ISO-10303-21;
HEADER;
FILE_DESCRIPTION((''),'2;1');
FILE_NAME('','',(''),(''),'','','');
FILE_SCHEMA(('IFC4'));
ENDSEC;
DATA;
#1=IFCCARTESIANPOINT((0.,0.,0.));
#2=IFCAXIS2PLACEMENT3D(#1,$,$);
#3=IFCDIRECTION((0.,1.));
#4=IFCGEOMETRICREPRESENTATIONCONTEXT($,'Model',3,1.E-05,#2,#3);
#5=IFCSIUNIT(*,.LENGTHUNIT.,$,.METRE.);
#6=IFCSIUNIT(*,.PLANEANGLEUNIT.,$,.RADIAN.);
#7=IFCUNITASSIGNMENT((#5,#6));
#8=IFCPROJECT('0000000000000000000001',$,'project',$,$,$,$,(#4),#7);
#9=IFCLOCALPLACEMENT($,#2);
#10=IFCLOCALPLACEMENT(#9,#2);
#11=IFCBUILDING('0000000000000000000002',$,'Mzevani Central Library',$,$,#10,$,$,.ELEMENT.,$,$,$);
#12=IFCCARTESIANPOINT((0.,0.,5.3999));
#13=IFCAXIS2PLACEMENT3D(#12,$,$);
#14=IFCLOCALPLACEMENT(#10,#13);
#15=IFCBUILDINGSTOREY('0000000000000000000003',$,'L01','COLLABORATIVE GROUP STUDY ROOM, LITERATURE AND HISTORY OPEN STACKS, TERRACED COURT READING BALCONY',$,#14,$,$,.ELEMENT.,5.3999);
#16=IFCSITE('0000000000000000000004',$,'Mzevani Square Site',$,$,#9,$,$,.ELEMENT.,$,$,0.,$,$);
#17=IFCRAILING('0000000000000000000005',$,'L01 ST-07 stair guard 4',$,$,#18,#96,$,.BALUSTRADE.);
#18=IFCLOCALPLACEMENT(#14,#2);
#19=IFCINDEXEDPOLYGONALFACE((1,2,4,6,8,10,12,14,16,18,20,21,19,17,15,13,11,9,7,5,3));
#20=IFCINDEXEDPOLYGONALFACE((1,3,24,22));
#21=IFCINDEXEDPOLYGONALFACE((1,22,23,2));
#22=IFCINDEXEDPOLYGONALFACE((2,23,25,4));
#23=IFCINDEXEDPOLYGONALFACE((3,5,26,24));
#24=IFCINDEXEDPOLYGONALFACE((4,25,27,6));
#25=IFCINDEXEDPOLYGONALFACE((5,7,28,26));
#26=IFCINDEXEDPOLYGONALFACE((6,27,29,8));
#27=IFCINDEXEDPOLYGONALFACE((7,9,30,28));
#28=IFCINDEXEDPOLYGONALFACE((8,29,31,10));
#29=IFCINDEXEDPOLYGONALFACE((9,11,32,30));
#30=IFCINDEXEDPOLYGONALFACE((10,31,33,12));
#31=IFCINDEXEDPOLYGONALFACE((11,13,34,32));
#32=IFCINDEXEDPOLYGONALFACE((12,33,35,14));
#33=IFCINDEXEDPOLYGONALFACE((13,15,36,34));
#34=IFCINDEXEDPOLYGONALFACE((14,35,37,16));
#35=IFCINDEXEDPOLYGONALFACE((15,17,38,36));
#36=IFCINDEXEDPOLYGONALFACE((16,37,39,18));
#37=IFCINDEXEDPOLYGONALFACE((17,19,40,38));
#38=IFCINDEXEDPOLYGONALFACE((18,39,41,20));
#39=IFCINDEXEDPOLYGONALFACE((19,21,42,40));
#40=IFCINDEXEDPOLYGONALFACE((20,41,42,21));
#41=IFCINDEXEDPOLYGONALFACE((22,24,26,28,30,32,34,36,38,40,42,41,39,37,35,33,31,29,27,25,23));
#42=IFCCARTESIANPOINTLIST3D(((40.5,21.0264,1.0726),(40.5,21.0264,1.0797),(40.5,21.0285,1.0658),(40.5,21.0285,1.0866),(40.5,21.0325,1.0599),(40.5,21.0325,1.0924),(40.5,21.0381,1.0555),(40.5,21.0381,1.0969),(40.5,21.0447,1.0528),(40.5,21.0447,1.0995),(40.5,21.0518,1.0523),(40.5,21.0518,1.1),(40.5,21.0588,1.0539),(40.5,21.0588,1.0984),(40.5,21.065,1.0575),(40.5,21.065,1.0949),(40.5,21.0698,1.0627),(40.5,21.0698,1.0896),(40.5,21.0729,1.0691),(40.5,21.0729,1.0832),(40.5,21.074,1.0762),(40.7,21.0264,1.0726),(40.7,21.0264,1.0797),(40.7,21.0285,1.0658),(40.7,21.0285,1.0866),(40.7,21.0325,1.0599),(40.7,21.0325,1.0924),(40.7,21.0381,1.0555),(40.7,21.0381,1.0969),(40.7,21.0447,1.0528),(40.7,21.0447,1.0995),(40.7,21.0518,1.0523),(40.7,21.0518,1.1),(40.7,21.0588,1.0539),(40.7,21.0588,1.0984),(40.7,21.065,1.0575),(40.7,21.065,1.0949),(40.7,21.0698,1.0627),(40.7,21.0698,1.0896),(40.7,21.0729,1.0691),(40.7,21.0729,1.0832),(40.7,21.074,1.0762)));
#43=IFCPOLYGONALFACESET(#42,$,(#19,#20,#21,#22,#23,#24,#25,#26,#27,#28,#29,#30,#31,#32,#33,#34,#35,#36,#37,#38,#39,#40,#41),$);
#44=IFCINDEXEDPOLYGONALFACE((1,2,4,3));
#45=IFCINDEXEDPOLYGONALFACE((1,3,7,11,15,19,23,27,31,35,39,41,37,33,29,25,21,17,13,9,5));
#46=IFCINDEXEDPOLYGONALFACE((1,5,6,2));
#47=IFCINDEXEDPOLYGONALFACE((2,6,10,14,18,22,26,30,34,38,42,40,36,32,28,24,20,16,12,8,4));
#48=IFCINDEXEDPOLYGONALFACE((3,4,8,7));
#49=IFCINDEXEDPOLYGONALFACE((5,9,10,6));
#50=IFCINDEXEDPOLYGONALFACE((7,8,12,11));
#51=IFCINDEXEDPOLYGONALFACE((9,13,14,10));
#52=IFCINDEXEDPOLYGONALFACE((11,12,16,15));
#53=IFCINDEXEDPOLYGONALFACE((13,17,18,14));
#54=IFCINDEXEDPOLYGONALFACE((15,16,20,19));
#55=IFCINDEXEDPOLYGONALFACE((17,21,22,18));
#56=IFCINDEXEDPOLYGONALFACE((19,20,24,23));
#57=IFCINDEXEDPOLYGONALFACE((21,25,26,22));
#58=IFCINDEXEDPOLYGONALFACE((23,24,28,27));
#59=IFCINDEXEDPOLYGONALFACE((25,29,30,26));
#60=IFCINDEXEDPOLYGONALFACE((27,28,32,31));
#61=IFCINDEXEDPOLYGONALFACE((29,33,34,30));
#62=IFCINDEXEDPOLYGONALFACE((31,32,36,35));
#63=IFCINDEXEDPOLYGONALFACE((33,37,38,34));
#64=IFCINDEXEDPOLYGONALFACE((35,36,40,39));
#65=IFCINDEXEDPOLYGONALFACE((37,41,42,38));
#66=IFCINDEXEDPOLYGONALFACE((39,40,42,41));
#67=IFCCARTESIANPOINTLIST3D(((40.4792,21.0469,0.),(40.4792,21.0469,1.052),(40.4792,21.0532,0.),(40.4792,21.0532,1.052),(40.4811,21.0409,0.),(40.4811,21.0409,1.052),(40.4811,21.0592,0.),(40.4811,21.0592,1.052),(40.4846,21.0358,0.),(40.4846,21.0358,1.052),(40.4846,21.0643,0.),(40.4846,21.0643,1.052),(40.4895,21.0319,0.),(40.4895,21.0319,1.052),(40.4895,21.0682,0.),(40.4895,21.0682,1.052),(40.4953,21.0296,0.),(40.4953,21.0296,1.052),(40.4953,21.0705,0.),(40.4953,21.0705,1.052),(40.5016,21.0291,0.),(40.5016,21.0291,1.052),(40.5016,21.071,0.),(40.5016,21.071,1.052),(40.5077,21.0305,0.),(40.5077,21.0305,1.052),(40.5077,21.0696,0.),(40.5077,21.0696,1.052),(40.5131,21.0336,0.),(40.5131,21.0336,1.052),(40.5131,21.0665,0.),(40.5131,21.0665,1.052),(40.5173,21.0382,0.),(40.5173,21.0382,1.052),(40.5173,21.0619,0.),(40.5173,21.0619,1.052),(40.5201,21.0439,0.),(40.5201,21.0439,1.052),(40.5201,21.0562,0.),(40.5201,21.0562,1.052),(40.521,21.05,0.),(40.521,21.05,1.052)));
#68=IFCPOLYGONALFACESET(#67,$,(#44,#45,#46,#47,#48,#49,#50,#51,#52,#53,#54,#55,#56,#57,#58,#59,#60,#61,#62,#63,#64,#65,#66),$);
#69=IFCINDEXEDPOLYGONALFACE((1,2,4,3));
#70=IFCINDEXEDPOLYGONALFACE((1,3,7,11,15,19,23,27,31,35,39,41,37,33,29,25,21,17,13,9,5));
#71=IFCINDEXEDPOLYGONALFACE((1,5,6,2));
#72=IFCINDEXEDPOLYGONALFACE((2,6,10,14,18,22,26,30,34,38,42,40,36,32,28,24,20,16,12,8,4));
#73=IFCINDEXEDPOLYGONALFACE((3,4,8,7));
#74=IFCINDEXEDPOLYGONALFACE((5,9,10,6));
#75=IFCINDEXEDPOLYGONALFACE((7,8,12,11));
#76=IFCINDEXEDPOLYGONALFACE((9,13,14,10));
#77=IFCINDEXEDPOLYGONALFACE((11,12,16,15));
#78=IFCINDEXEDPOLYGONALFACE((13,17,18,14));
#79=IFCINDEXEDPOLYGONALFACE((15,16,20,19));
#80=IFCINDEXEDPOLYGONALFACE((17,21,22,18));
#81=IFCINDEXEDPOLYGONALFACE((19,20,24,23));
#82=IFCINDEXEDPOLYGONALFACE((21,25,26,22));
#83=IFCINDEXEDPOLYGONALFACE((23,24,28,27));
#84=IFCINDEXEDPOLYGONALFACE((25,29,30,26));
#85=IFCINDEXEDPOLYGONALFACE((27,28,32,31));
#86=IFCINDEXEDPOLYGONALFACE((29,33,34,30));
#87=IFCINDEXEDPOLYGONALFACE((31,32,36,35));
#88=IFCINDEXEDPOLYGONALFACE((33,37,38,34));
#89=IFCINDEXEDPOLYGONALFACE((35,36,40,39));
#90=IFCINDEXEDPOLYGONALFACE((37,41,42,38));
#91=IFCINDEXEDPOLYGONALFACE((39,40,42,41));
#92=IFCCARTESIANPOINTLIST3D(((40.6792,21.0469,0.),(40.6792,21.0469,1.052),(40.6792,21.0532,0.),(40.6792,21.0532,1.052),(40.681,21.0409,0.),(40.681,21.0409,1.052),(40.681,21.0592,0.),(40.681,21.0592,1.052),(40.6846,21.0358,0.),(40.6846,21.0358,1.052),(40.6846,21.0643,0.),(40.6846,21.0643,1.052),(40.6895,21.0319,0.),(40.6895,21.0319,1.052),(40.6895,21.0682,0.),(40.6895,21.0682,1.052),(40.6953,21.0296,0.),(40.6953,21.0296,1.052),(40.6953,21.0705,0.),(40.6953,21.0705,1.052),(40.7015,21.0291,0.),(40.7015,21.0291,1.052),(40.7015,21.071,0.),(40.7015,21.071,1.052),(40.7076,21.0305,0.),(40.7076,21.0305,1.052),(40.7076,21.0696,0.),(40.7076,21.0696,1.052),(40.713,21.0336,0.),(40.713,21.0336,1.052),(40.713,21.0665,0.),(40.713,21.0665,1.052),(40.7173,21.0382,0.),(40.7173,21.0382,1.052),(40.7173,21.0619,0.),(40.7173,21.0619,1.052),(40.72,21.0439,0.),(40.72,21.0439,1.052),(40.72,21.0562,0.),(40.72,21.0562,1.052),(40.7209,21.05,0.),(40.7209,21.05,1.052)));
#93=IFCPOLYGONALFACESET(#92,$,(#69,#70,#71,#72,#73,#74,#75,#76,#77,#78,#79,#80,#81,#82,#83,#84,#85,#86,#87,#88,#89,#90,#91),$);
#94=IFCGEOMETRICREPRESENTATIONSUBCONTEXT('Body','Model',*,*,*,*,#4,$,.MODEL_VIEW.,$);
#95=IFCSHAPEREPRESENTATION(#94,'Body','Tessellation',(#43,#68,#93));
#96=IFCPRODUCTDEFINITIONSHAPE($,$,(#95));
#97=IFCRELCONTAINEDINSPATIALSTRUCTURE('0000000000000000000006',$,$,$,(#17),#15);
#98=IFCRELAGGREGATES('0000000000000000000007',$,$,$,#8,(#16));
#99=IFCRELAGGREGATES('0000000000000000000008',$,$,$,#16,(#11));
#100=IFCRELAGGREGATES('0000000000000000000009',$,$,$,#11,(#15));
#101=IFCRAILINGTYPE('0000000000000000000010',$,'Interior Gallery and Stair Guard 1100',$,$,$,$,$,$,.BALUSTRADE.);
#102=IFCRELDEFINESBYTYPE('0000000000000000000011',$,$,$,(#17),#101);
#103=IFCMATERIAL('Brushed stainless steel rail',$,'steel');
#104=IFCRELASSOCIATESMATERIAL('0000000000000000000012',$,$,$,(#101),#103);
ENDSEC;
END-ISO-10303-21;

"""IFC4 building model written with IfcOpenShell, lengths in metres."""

from ifc_helpers import new_model, si_unit, direction, frame, origin, origin_2d, place, context, subcontext, project, spatial, circle, extrude, material, type_object, element, save


model = new_model("IFC4")

# Units and contexts
model_context = context("Model", 3, precision=1e-05, world=origin(), true_north=direction((0.0, 1.0)))
body_context = subcontext(model_context, "Body", "Model", "MODEL_VIEW")
ifc_project = project(units=[si_unit("LENGTHUNIT", "METRE"), si_unit("PLANEANGLEUNIT", "RADIAN")], contexts=[model_context])

# Site, building, storey
site_placement = place(None, origin())
site = spatial("IfcSite", under=ifc_project, at=site_placement, Name="Mzevani Square Site", CompositionType="ELEMENT", RefElevation=0.0)
building_placement = place(site_placement, origin())
building = spatial("IfcBuilding", under=site, at=building_placement, Name="Mzevani Central Library", CompositionType="ELEMENT")
storey_placement = place(building_placement, frame((0.0, 0.0, 5.3999)))
storey = spatial("IfcBuildingStorey", under=building, at=storey_placement, Name="L01", Description="COLLABORATIVE GROUP STUDY ROOM, LITERATURE AND HISTORY OPEN STACKS, TERRACED COURT READING BALCONY", CompositionType="ELEMENT", Elevation=5.3999)

# Railing
ifc_material_1 = material(Name="Brushed stainless steel rail", Category="steel")
railing_type = type_object("IfcRailingType", Name="Interior Gallery and Stair Guard 1100", PredefinedType="BALUSTRADE", material=ifc_material_1)
railing_1_placement = place(storey_placement, frame((40.5, 21.05, 0.0)))
element("IfcRailing", 1, at=railing_1_placement, inside=storey, type_object=railing_type, Name="L01 ST-07 stair guard 4", PredefinedType="BALUSTRADE", context=body_context, shape_type="SweptSolid", body=[
    extrude(circle(Radius=0.0239, at=origin_2d()), frame((0.0, 0.0, 1.0762), z_axis=(1.0, 0.0, 0.0), x_axis=(0.0, 1.0, 0.0)), (0.0, 0.0, 1.0), 0.2),
    extrude(circle(Radius=0.021, at=origin_2d()), origin(), (0.0, 0.0, 1.0), 1.052),
    extrude(circle(Radius=0.021, at=origin_2d()), frame((0.2, 0.0, 0.0)), (0.0, 0.0, 1.0), 1.052),
])

save(model, "model.ifc")
